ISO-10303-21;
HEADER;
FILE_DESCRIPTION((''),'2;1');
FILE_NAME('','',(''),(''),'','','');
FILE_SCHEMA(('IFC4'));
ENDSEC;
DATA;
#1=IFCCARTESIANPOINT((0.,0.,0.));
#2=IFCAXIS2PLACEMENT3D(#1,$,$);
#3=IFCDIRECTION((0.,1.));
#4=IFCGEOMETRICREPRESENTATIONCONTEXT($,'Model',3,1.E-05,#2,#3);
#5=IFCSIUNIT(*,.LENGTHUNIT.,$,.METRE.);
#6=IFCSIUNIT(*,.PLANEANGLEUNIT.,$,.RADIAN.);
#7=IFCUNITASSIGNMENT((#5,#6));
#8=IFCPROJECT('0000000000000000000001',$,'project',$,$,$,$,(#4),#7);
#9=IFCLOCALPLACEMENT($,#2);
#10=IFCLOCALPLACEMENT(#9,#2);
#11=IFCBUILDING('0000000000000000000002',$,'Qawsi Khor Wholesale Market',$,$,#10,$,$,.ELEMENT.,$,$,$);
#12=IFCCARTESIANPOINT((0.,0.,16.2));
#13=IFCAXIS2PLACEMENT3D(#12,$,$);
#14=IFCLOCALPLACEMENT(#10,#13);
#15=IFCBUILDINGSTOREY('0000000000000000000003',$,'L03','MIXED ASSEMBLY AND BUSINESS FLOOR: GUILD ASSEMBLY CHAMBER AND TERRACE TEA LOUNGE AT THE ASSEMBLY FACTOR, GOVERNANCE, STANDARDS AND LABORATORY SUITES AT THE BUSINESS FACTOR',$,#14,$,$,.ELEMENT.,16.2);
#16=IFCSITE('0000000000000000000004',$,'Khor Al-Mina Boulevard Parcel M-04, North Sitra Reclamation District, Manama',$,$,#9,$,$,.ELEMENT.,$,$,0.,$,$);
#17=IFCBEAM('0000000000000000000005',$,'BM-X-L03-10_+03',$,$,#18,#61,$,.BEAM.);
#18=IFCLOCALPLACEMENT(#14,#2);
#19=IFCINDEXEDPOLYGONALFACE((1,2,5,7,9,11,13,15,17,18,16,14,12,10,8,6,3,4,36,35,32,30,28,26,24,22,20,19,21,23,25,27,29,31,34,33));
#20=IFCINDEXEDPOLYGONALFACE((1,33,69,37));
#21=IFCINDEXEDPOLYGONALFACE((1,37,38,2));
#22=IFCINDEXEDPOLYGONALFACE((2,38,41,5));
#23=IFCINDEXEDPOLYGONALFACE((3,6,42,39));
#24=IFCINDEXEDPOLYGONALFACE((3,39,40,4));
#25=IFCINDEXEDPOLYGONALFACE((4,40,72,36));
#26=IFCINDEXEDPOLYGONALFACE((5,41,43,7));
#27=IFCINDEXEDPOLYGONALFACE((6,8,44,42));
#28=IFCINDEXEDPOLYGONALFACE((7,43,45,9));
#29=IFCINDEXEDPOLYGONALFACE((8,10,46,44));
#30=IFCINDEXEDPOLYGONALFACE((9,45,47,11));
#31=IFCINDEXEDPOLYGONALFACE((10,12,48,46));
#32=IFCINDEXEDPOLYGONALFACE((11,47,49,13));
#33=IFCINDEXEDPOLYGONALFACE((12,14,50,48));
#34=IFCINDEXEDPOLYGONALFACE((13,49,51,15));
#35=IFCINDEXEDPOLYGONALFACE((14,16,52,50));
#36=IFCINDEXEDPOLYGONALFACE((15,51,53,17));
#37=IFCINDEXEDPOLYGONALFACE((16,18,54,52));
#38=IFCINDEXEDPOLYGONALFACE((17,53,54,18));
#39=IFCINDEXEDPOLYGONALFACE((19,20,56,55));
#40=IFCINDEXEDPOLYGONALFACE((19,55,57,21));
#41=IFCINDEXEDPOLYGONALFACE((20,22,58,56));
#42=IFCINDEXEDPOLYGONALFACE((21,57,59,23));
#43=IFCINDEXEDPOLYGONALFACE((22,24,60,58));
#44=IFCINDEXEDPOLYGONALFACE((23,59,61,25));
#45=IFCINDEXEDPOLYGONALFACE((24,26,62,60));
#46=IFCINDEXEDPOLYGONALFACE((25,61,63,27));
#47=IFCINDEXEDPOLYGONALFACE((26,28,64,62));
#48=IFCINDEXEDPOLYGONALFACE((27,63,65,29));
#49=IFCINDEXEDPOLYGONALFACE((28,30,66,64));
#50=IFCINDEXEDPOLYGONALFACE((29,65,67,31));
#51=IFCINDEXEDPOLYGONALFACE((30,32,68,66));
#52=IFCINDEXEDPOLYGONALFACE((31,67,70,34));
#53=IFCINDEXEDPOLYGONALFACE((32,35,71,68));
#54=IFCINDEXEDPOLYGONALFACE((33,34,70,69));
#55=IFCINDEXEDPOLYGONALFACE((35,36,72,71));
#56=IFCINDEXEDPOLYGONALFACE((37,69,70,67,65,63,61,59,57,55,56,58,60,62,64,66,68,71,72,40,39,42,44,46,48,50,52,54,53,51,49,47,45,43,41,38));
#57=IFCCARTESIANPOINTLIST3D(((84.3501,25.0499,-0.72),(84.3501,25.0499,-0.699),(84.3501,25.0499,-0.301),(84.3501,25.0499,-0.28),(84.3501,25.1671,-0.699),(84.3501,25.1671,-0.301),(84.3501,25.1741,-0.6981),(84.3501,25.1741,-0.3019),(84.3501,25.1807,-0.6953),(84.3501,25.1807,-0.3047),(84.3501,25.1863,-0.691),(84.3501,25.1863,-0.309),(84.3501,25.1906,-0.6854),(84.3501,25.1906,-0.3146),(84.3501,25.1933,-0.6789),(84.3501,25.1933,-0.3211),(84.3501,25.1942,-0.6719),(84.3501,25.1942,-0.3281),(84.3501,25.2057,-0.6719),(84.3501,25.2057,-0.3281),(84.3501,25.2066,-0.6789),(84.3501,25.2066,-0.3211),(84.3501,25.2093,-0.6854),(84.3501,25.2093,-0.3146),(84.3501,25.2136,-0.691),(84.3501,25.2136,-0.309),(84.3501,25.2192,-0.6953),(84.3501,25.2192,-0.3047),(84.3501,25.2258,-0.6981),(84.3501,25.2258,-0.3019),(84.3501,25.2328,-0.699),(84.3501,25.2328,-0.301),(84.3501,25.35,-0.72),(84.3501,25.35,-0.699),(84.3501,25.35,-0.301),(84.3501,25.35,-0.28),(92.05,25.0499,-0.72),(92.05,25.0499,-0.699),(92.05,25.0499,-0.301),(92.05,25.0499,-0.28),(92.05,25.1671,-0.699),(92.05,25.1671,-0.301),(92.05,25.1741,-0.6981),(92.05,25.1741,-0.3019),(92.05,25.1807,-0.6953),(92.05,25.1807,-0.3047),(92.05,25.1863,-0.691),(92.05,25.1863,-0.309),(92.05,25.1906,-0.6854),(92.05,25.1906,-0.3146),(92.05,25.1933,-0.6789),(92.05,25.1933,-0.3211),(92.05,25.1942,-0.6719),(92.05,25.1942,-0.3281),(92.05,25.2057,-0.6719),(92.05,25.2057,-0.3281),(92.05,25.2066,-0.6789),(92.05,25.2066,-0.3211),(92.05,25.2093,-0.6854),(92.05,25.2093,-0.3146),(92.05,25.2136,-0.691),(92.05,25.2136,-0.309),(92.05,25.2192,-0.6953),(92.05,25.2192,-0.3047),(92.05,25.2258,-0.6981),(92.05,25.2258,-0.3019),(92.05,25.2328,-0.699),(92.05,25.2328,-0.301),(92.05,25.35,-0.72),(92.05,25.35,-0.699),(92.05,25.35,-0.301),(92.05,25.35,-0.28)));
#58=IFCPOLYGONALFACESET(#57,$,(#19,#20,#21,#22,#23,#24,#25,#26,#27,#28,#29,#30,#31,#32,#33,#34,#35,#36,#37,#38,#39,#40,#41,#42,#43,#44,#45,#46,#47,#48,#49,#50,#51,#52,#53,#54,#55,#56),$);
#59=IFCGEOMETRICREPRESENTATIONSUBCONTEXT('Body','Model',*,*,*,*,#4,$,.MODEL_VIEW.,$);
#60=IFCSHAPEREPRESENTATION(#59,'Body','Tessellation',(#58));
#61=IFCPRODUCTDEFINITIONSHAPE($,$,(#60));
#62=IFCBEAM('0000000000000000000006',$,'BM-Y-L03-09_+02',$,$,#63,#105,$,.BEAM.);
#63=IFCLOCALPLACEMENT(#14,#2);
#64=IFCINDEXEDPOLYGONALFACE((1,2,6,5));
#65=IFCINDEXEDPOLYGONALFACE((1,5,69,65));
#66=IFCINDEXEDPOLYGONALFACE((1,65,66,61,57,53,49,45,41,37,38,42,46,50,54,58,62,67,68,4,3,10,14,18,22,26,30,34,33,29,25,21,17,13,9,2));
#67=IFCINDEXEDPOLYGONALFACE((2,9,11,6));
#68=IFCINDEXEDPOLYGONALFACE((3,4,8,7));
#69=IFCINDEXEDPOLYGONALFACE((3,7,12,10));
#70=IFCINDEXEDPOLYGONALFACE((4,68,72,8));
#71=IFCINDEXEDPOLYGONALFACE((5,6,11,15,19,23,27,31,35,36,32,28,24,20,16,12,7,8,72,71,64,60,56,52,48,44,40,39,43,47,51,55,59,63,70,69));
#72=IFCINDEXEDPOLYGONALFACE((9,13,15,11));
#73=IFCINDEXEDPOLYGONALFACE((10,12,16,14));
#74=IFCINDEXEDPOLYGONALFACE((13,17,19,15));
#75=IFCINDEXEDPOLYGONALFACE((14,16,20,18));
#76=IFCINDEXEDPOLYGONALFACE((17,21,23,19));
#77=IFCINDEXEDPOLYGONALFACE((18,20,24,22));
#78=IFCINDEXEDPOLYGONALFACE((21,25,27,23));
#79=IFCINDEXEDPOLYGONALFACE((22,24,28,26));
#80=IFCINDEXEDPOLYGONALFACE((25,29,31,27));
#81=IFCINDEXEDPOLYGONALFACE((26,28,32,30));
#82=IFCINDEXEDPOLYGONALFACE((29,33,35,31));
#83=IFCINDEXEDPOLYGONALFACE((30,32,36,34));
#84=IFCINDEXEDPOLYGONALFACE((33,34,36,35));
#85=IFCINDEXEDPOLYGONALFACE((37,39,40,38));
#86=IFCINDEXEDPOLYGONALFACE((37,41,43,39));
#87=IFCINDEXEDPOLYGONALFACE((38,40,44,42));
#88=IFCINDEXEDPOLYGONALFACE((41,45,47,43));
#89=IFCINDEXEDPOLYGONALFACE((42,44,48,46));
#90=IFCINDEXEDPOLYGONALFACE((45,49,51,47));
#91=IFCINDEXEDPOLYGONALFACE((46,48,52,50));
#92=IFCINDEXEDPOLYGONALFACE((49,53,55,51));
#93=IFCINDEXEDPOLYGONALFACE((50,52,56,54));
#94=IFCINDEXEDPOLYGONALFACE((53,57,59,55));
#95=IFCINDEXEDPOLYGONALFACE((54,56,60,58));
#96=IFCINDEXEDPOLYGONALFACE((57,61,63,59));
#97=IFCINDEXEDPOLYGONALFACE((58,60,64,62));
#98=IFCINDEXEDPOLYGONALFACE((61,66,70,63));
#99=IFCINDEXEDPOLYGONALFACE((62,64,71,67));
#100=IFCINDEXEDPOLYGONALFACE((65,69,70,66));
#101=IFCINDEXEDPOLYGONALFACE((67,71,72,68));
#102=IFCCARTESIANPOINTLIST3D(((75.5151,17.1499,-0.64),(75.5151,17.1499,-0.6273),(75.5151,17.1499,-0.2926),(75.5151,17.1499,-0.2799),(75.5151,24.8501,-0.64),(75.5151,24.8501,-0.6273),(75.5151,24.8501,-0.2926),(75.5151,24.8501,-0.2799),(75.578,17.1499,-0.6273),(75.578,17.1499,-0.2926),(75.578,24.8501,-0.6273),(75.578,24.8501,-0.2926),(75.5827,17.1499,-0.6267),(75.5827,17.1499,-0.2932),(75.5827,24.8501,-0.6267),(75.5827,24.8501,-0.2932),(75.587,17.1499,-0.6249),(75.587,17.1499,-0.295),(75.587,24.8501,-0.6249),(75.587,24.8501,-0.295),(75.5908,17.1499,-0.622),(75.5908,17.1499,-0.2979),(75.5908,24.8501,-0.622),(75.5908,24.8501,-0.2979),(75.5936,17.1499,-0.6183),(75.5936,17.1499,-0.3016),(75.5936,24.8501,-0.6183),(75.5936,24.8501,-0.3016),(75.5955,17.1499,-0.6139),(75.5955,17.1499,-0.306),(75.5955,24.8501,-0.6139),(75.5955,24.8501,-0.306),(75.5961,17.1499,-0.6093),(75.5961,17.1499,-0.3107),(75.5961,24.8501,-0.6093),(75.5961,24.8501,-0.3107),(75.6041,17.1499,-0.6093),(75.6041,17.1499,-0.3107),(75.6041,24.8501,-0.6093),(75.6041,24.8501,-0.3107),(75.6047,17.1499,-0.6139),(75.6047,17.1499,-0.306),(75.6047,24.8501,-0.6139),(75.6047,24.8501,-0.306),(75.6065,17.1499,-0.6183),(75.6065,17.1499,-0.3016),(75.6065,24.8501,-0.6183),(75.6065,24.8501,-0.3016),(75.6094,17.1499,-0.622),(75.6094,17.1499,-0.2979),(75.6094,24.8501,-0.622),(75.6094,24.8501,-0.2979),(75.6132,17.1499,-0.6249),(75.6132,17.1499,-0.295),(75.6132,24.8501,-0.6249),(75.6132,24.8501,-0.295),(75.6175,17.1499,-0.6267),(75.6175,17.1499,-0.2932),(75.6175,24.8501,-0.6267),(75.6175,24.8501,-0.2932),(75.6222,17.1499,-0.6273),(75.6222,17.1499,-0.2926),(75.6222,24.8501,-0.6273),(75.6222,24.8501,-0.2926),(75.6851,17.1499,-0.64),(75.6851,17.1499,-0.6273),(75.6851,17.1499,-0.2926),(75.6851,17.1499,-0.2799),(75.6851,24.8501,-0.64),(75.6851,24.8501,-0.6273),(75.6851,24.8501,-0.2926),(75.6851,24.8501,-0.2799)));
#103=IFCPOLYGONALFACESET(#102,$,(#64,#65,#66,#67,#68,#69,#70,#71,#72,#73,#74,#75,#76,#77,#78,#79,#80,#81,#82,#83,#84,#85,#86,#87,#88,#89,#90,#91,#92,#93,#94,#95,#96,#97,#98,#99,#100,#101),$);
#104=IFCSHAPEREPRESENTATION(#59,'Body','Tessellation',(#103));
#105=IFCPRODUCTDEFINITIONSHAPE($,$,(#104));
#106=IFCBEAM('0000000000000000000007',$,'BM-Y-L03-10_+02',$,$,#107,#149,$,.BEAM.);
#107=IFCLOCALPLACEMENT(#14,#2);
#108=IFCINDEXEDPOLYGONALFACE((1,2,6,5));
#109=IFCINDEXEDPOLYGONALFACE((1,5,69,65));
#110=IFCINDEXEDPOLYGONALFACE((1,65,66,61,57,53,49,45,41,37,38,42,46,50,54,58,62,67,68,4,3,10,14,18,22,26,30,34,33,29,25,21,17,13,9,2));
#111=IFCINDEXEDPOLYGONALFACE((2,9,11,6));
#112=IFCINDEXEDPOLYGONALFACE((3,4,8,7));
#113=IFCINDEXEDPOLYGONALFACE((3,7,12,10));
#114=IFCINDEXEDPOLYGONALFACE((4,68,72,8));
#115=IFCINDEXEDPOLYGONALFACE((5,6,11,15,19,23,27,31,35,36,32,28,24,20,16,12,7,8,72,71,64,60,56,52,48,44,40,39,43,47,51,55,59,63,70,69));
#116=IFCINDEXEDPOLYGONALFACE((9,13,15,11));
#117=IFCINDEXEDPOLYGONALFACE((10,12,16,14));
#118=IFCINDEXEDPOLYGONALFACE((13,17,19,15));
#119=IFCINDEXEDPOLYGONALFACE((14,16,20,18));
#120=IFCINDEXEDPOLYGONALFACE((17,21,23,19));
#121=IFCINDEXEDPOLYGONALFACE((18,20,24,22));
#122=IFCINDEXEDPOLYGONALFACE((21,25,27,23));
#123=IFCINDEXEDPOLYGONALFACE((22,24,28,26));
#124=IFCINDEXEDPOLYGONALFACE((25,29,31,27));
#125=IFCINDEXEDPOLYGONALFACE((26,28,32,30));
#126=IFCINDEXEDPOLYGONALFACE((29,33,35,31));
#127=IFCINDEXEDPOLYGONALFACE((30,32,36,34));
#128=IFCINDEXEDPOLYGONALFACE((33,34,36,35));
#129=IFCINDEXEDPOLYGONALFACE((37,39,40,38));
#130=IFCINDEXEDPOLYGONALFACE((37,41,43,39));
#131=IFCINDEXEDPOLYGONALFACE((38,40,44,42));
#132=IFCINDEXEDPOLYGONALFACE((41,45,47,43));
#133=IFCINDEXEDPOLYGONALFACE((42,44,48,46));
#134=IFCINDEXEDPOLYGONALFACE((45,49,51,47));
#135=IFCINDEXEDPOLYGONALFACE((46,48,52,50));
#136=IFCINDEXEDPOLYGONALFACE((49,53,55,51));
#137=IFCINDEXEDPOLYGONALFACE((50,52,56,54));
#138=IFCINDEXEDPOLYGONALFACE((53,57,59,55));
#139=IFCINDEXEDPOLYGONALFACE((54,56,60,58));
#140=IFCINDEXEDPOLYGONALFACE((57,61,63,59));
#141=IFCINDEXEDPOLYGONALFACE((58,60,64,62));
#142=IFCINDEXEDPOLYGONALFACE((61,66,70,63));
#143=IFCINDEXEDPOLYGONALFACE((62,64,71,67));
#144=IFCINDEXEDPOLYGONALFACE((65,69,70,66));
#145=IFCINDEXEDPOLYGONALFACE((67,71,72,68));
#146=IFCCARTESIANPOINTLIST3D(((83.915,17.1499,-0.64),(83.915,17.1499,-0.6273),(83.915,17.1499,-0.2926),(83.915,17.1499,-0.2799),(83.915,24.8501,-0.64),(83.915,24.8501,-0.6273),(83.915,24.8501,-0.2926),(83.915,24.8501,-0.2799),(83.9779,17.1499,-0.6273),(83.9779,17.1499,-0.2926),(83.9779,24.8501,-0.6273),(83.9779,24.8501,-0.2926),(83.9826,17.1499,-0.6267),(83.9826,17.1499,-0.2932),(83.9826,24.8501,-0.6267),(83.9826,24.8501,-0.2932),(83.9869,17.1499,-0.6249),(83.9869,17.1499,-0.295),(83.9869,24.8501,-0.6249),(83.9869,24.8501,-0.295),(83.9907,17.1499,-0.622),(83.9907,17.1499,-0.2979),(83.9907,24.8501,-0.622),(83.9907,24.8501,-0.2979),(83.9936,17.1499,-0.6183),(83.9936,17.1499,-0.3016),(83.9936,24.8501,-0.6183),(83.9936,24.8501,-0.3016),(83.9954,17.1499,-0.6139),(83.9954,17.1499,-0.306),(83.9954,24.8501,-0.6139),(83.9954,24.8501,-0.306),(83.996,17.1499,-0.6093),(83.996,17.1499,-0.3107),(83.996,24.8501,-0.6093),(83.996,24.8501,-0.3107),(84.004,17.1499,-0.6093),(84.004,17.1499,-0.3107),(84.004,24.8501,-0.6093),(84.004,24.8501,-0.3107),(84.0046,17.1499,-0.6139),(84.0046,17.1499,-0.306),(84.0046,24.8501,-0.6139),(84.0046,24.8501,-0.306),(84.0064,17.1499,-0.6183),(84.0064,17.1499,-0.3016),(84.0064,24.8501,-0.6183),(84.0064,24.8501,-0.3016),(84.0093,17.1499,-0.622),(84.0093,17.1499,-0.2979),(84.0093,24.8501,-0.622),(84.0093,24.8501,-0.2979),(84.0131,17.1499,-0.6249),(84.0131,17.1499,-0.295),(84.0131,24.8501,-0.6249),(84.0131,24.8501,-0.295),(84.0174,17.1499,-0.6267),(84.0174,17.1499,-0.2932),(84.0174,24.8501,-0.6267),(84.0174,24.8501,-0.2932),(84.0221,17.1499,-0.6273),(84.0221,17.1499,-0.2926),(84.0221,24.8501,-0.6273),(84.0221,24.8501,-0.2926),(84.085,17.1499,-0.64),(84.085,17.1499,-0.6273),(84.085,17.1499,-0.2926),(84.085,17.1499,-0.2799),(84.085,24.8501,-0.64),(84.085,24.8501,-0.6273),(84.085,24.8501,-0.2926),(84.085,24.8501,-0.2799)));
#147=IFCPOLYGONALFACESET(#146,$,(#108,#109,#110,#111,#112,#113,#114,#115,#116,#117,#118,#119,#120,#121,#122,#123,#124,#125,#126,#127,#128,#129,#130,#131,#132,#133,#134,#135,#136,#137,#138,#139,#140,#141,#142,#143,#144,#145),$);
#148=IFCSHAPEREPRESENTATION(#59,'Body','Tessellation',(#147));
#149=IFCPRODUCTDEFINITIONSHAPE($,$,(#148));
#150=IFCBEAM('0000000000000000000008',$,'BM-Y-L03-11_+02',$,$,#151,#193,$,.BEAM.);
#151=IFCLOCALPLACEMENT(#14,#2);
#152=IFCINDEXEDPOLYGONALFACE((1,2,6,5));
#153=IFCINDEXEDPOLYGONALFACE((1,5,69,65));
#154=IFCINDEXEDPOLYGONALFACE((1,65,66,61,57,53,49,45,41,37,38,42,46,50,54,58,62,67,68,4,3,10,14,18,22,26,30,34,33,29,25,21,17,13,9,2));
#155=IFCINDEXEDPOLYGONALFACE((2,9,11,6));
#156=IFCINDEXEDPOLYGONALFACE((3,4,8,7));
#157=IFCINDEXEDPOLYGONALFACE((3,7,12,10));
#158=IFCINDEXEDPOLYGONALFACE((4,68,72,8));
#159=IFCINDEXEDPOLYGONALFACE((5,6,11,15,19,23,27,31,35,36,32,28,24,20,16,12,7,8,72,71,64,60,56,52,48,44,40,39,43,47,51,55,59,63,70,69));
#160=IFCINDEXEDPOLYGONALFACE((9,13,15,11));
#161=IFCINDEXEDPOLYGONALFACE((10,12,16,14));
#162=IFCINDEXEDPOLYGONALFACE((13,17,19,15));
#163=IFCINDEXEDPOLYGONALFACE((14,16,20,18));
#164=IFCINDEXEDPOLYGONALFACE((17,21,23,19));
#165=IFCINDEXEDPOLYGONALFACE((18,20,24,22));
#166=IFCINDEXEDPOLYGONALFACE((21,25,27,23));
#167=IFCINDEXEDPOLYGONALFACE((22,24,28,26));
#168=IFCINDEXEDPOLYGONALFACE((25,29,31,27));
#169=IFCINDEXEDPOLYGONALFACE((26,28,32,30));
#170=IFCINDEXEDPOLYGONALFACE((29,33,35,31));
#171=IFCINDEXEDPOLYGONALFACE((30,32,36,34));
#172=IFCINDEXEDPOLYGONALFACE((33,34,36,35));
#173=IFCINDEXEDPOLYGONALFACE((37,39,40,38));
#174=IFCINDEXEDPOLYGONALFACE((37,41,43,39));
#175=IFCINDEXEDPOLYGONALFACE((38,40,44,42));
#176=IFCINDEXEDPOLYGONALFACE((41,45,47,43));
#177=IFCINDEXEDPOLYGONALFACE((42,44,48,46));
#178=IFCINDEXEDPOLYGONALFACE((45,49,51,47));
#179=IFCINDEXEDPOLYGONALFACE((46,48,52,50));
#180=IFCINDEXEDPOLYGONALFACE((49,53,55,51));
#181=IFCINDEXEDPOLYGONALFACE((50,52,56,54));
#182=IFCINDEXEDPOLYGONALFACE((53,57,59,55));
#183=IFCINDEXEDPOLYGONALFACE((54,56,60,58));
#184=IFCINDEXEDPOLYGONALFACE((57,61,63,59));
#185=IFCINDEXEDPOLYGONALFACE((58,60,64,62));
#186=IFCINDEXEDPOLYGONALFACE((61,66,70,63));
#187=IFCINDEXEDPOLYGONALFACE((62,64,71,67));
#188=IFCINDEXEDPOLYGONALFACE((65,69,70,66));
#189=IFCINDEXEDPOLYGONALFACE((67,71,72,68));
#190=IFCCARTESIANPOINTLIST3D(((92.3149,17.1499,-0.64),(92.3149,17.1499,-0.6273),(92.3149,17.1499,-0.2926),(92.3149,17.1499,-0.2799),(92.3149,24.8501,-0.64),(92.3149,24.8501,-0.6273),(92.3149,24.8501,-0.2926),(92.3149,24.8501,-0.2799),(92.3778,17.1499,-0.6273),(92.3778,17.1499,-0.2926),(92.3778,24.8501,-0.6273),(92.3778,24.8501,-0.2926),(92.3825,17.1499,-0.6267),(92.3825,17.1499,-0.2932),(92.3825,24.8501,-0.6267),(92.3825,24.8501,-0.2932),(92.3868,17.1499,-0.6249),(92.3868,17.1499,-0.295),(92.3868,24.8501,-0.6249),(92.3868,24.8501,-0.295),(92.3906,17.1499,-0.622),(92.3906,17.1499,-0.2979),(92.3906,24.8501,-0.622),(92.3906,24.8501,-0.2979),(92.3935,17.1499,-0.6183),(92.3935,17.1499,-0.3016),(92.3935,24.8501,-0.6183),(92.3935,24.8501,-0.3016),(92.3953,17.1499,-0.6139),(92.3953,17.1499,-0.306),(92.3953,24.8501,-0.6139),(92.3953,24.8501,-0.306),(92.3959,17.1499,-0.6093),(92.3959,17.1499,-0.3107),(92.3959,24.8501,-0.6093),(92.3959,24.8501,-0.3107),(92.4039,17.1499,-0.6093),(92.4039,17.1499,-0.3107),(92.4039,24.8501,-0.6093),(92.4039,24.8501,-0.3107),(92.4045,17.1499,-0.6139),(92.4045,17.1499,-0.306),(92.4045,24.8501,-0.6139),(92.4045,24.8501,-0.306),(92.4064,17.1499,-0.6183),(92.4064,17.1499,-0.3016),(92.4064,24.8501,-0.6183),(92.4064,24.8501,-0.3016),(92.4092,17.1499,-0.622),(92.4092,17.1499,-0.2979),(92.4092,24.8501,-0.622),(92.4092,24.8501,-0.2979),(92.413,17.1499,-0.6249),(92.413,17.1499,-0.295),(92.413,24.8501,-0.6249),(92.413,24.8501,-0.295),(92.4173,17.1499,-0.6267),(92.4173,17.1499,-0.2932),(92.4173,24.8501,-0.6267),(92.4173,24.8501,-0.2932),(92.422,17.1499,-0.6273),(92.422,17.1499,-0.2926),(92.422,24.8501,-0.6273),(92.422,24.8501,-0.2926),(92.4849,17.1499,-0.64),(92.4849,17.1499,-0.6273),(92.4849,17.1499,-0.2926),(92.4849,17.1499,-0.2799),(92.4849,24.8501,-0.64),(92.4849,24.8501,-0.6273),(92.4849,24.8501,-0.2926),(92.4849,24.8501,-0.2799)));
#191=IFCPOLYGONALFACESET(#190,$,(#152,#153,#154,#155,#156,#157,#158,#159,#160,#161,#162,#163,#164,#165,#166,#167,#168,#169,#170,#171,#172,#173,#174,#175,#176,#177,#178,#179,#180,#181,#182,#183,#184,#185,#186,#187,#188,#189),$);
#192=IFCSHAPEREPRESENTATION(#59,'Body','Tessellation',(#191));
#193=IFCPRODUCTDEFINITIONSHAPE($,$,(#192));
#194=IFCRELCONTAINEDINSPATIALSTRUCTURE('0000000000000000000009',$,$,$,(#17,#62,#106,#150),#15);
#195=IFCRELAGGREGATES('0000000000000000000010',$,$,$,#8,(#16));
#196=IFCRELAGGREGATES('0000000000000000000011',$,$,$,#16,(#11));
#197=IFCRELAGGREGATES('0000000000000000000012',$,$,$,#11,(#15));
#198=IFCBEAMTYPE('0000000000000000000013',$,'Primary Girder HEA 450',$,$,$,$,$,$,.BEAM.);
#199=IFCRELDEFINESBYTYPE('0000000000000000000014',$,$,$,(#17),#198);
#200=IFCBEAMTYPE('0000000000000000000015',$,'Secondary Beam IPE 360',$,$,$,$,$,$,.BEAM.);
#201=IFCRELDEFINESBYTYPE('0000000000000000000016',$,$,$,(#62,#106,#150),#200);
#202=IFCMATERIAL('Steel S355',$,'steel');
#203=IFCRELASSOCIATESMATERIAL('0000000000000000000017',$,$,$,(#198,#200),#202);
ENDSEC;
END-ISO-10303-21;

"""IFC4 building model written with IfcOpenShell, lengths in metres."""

from ifc_helpers import new_model, si_unit, direction, frame, origin, origin_2d, place, context, subcontext, project, spatial, i_section, extrude, material, material_profile, profile_set, type_object, element, save


model = new_model("IFC4")

# Units and contexts
model_context = context("Model", 3, precision=1e-05, world=origin(), true_north=direction((0.0, 1.0)))
body_context = subcontext(model_context, "Body", "Model", "MODEL_VIEW")
ifc_project = project(units=[si_unit("LENGTHUNIT", "METRE"), si_unit("PLANEANGLEUNIT", "RADIAN")], contexts=[model_context])

# Site, building, storey
site_placement = place(None, origin())
site = spatial("IfcSite", under=ifc_project, at=site_placement, Name="Khor Al-Mina Boulevard Parcel M-04, North Sitra Reclamation District, Manama", CompositionType="ELEMENT", RefElevation=0.0)
building_placement = place(site_placement, origin())
building = spatial("IfcBuilding", under=site, at=building_placement, Name="Qawsi Khor Wholesale Market", CompositionType="ELEMENT")
storey_placement = place(building_placement, frame((0.0, 0.0, 16.2)))
storey = spatial("IfcBuildingStorey", under=building, at=storey_placement, Name="L03", Description="MIXED ASSEMBLY AND BUSINESS FLOOR: GUILD ASSEMBLY CHAMBER AND TERRACE TEA LOUNGE AT THE ASSEMBLY FACTOR, GOVERNANCE, STANDARDS AND LABORATORY SUITES AT THE BUSINESS FACTOR", CompositionType="ELEMENT", Elevation=16.2)

# Beams
ifc_material_1 = material(Name="Steel S355", Category="steel")
ifc_material_profile_1 = material_profile(ifc_material_1, i_section(OverallWidth=0.3, OverallDepth=0.4399, WebThickness=0.0115, FlangeThickness=0.021, FilletRadius=0.0271, at=origin_2d()), Name="HEA 450")
ifc_profile_set_1 = profile_set([ifc_material_profile_1], Name="Steel S355")
beam_type_1 = type_object("IfcBeamType", Name="Primary Girder HEA 450", PredefinedType="BEAM", material=ifc_profile_set_1)
for number, where, z_axis, x_axis, name in (
    (1, (84.3501, 25.2, -0.5), (1.0, 0.0, 0.0), (0.0, 1.0, 0.0), "BM-X-L03-10_+03"),
):
    element("IfcBeam", number, at=place(storey_placement, frame(where, z_axis=z_axis, x_axis=x_axis)), inside=storey, type_object=beam_type_1, Name=name, PredefinedType="BEAM", context=body_context, shape_type="SweptSolid", body=[
        extrude(i_section(OverallWidth=0.3, OverallDepth=0.4399, WebThickness=0.0115, FlangeThickness=0.021, FilletRadius=0.0271, at=origin_2d()), origin(), (0.0, 0.0, 1.0), 7.7),
    ])
ifc_material_profile_2 = material_profile(ifc_material_1, i_section(OverallWidth=0.1699, OverallDepth=0.3601, WebThickness=0.0081, FlangeThickness=0.0127, FilletRadius=0.0181, at=origin_2d()), Name="IPE 360")
ifc_profile_set_2 = profile_set([ifc_material_profile_2], Name="Steel S355")
beam_type_2 = type_object("IfcBeamType", Name="Secondary Beam IPE 360", PredefinedType="BEAM", material=ifc_profile_set_2)
for number, where, z_axis, x_axis, name in (
    (2, (75.6001, 17.1499, -0.46), (0.0, 1.0, 0.0), (-1.0, 0.0, 0.0), "BM-Y-L03-09_+02"),
    (3, (84.0, 17.1499, -0.46), (0.0, 1.0, 0.0), (-1.0, 0.0, 0.0), "BM-Y-L03-10_+02"),
    (4, (92.3999, 17.1499, -0.46), (0.0, 1.0, 0.0), (-1.0, 0.0, 0.0), "BM-Y-L03-11_+02"),
):
    element("IfcBeam", number, at=place(storey_placement, frame(where, z_axis=z_axis, x_axis=x_axis)), inside=storey, type_object=beam_type_2, Name=name, PredefinedType="BEAM", context=body_context, shape_type="SweptSolid", body=[
        extrude(i_section(OverallWidth=0.1699, OverallDepth=0.3601, WebThickness=0.0081, FlangeThickness=0.0127, FilletRadius=0.0181, at=origin_2d()), origin(), (0.0, 0.0, 1.0), 7.7002),
    ])

save(model, "model.ifc")
